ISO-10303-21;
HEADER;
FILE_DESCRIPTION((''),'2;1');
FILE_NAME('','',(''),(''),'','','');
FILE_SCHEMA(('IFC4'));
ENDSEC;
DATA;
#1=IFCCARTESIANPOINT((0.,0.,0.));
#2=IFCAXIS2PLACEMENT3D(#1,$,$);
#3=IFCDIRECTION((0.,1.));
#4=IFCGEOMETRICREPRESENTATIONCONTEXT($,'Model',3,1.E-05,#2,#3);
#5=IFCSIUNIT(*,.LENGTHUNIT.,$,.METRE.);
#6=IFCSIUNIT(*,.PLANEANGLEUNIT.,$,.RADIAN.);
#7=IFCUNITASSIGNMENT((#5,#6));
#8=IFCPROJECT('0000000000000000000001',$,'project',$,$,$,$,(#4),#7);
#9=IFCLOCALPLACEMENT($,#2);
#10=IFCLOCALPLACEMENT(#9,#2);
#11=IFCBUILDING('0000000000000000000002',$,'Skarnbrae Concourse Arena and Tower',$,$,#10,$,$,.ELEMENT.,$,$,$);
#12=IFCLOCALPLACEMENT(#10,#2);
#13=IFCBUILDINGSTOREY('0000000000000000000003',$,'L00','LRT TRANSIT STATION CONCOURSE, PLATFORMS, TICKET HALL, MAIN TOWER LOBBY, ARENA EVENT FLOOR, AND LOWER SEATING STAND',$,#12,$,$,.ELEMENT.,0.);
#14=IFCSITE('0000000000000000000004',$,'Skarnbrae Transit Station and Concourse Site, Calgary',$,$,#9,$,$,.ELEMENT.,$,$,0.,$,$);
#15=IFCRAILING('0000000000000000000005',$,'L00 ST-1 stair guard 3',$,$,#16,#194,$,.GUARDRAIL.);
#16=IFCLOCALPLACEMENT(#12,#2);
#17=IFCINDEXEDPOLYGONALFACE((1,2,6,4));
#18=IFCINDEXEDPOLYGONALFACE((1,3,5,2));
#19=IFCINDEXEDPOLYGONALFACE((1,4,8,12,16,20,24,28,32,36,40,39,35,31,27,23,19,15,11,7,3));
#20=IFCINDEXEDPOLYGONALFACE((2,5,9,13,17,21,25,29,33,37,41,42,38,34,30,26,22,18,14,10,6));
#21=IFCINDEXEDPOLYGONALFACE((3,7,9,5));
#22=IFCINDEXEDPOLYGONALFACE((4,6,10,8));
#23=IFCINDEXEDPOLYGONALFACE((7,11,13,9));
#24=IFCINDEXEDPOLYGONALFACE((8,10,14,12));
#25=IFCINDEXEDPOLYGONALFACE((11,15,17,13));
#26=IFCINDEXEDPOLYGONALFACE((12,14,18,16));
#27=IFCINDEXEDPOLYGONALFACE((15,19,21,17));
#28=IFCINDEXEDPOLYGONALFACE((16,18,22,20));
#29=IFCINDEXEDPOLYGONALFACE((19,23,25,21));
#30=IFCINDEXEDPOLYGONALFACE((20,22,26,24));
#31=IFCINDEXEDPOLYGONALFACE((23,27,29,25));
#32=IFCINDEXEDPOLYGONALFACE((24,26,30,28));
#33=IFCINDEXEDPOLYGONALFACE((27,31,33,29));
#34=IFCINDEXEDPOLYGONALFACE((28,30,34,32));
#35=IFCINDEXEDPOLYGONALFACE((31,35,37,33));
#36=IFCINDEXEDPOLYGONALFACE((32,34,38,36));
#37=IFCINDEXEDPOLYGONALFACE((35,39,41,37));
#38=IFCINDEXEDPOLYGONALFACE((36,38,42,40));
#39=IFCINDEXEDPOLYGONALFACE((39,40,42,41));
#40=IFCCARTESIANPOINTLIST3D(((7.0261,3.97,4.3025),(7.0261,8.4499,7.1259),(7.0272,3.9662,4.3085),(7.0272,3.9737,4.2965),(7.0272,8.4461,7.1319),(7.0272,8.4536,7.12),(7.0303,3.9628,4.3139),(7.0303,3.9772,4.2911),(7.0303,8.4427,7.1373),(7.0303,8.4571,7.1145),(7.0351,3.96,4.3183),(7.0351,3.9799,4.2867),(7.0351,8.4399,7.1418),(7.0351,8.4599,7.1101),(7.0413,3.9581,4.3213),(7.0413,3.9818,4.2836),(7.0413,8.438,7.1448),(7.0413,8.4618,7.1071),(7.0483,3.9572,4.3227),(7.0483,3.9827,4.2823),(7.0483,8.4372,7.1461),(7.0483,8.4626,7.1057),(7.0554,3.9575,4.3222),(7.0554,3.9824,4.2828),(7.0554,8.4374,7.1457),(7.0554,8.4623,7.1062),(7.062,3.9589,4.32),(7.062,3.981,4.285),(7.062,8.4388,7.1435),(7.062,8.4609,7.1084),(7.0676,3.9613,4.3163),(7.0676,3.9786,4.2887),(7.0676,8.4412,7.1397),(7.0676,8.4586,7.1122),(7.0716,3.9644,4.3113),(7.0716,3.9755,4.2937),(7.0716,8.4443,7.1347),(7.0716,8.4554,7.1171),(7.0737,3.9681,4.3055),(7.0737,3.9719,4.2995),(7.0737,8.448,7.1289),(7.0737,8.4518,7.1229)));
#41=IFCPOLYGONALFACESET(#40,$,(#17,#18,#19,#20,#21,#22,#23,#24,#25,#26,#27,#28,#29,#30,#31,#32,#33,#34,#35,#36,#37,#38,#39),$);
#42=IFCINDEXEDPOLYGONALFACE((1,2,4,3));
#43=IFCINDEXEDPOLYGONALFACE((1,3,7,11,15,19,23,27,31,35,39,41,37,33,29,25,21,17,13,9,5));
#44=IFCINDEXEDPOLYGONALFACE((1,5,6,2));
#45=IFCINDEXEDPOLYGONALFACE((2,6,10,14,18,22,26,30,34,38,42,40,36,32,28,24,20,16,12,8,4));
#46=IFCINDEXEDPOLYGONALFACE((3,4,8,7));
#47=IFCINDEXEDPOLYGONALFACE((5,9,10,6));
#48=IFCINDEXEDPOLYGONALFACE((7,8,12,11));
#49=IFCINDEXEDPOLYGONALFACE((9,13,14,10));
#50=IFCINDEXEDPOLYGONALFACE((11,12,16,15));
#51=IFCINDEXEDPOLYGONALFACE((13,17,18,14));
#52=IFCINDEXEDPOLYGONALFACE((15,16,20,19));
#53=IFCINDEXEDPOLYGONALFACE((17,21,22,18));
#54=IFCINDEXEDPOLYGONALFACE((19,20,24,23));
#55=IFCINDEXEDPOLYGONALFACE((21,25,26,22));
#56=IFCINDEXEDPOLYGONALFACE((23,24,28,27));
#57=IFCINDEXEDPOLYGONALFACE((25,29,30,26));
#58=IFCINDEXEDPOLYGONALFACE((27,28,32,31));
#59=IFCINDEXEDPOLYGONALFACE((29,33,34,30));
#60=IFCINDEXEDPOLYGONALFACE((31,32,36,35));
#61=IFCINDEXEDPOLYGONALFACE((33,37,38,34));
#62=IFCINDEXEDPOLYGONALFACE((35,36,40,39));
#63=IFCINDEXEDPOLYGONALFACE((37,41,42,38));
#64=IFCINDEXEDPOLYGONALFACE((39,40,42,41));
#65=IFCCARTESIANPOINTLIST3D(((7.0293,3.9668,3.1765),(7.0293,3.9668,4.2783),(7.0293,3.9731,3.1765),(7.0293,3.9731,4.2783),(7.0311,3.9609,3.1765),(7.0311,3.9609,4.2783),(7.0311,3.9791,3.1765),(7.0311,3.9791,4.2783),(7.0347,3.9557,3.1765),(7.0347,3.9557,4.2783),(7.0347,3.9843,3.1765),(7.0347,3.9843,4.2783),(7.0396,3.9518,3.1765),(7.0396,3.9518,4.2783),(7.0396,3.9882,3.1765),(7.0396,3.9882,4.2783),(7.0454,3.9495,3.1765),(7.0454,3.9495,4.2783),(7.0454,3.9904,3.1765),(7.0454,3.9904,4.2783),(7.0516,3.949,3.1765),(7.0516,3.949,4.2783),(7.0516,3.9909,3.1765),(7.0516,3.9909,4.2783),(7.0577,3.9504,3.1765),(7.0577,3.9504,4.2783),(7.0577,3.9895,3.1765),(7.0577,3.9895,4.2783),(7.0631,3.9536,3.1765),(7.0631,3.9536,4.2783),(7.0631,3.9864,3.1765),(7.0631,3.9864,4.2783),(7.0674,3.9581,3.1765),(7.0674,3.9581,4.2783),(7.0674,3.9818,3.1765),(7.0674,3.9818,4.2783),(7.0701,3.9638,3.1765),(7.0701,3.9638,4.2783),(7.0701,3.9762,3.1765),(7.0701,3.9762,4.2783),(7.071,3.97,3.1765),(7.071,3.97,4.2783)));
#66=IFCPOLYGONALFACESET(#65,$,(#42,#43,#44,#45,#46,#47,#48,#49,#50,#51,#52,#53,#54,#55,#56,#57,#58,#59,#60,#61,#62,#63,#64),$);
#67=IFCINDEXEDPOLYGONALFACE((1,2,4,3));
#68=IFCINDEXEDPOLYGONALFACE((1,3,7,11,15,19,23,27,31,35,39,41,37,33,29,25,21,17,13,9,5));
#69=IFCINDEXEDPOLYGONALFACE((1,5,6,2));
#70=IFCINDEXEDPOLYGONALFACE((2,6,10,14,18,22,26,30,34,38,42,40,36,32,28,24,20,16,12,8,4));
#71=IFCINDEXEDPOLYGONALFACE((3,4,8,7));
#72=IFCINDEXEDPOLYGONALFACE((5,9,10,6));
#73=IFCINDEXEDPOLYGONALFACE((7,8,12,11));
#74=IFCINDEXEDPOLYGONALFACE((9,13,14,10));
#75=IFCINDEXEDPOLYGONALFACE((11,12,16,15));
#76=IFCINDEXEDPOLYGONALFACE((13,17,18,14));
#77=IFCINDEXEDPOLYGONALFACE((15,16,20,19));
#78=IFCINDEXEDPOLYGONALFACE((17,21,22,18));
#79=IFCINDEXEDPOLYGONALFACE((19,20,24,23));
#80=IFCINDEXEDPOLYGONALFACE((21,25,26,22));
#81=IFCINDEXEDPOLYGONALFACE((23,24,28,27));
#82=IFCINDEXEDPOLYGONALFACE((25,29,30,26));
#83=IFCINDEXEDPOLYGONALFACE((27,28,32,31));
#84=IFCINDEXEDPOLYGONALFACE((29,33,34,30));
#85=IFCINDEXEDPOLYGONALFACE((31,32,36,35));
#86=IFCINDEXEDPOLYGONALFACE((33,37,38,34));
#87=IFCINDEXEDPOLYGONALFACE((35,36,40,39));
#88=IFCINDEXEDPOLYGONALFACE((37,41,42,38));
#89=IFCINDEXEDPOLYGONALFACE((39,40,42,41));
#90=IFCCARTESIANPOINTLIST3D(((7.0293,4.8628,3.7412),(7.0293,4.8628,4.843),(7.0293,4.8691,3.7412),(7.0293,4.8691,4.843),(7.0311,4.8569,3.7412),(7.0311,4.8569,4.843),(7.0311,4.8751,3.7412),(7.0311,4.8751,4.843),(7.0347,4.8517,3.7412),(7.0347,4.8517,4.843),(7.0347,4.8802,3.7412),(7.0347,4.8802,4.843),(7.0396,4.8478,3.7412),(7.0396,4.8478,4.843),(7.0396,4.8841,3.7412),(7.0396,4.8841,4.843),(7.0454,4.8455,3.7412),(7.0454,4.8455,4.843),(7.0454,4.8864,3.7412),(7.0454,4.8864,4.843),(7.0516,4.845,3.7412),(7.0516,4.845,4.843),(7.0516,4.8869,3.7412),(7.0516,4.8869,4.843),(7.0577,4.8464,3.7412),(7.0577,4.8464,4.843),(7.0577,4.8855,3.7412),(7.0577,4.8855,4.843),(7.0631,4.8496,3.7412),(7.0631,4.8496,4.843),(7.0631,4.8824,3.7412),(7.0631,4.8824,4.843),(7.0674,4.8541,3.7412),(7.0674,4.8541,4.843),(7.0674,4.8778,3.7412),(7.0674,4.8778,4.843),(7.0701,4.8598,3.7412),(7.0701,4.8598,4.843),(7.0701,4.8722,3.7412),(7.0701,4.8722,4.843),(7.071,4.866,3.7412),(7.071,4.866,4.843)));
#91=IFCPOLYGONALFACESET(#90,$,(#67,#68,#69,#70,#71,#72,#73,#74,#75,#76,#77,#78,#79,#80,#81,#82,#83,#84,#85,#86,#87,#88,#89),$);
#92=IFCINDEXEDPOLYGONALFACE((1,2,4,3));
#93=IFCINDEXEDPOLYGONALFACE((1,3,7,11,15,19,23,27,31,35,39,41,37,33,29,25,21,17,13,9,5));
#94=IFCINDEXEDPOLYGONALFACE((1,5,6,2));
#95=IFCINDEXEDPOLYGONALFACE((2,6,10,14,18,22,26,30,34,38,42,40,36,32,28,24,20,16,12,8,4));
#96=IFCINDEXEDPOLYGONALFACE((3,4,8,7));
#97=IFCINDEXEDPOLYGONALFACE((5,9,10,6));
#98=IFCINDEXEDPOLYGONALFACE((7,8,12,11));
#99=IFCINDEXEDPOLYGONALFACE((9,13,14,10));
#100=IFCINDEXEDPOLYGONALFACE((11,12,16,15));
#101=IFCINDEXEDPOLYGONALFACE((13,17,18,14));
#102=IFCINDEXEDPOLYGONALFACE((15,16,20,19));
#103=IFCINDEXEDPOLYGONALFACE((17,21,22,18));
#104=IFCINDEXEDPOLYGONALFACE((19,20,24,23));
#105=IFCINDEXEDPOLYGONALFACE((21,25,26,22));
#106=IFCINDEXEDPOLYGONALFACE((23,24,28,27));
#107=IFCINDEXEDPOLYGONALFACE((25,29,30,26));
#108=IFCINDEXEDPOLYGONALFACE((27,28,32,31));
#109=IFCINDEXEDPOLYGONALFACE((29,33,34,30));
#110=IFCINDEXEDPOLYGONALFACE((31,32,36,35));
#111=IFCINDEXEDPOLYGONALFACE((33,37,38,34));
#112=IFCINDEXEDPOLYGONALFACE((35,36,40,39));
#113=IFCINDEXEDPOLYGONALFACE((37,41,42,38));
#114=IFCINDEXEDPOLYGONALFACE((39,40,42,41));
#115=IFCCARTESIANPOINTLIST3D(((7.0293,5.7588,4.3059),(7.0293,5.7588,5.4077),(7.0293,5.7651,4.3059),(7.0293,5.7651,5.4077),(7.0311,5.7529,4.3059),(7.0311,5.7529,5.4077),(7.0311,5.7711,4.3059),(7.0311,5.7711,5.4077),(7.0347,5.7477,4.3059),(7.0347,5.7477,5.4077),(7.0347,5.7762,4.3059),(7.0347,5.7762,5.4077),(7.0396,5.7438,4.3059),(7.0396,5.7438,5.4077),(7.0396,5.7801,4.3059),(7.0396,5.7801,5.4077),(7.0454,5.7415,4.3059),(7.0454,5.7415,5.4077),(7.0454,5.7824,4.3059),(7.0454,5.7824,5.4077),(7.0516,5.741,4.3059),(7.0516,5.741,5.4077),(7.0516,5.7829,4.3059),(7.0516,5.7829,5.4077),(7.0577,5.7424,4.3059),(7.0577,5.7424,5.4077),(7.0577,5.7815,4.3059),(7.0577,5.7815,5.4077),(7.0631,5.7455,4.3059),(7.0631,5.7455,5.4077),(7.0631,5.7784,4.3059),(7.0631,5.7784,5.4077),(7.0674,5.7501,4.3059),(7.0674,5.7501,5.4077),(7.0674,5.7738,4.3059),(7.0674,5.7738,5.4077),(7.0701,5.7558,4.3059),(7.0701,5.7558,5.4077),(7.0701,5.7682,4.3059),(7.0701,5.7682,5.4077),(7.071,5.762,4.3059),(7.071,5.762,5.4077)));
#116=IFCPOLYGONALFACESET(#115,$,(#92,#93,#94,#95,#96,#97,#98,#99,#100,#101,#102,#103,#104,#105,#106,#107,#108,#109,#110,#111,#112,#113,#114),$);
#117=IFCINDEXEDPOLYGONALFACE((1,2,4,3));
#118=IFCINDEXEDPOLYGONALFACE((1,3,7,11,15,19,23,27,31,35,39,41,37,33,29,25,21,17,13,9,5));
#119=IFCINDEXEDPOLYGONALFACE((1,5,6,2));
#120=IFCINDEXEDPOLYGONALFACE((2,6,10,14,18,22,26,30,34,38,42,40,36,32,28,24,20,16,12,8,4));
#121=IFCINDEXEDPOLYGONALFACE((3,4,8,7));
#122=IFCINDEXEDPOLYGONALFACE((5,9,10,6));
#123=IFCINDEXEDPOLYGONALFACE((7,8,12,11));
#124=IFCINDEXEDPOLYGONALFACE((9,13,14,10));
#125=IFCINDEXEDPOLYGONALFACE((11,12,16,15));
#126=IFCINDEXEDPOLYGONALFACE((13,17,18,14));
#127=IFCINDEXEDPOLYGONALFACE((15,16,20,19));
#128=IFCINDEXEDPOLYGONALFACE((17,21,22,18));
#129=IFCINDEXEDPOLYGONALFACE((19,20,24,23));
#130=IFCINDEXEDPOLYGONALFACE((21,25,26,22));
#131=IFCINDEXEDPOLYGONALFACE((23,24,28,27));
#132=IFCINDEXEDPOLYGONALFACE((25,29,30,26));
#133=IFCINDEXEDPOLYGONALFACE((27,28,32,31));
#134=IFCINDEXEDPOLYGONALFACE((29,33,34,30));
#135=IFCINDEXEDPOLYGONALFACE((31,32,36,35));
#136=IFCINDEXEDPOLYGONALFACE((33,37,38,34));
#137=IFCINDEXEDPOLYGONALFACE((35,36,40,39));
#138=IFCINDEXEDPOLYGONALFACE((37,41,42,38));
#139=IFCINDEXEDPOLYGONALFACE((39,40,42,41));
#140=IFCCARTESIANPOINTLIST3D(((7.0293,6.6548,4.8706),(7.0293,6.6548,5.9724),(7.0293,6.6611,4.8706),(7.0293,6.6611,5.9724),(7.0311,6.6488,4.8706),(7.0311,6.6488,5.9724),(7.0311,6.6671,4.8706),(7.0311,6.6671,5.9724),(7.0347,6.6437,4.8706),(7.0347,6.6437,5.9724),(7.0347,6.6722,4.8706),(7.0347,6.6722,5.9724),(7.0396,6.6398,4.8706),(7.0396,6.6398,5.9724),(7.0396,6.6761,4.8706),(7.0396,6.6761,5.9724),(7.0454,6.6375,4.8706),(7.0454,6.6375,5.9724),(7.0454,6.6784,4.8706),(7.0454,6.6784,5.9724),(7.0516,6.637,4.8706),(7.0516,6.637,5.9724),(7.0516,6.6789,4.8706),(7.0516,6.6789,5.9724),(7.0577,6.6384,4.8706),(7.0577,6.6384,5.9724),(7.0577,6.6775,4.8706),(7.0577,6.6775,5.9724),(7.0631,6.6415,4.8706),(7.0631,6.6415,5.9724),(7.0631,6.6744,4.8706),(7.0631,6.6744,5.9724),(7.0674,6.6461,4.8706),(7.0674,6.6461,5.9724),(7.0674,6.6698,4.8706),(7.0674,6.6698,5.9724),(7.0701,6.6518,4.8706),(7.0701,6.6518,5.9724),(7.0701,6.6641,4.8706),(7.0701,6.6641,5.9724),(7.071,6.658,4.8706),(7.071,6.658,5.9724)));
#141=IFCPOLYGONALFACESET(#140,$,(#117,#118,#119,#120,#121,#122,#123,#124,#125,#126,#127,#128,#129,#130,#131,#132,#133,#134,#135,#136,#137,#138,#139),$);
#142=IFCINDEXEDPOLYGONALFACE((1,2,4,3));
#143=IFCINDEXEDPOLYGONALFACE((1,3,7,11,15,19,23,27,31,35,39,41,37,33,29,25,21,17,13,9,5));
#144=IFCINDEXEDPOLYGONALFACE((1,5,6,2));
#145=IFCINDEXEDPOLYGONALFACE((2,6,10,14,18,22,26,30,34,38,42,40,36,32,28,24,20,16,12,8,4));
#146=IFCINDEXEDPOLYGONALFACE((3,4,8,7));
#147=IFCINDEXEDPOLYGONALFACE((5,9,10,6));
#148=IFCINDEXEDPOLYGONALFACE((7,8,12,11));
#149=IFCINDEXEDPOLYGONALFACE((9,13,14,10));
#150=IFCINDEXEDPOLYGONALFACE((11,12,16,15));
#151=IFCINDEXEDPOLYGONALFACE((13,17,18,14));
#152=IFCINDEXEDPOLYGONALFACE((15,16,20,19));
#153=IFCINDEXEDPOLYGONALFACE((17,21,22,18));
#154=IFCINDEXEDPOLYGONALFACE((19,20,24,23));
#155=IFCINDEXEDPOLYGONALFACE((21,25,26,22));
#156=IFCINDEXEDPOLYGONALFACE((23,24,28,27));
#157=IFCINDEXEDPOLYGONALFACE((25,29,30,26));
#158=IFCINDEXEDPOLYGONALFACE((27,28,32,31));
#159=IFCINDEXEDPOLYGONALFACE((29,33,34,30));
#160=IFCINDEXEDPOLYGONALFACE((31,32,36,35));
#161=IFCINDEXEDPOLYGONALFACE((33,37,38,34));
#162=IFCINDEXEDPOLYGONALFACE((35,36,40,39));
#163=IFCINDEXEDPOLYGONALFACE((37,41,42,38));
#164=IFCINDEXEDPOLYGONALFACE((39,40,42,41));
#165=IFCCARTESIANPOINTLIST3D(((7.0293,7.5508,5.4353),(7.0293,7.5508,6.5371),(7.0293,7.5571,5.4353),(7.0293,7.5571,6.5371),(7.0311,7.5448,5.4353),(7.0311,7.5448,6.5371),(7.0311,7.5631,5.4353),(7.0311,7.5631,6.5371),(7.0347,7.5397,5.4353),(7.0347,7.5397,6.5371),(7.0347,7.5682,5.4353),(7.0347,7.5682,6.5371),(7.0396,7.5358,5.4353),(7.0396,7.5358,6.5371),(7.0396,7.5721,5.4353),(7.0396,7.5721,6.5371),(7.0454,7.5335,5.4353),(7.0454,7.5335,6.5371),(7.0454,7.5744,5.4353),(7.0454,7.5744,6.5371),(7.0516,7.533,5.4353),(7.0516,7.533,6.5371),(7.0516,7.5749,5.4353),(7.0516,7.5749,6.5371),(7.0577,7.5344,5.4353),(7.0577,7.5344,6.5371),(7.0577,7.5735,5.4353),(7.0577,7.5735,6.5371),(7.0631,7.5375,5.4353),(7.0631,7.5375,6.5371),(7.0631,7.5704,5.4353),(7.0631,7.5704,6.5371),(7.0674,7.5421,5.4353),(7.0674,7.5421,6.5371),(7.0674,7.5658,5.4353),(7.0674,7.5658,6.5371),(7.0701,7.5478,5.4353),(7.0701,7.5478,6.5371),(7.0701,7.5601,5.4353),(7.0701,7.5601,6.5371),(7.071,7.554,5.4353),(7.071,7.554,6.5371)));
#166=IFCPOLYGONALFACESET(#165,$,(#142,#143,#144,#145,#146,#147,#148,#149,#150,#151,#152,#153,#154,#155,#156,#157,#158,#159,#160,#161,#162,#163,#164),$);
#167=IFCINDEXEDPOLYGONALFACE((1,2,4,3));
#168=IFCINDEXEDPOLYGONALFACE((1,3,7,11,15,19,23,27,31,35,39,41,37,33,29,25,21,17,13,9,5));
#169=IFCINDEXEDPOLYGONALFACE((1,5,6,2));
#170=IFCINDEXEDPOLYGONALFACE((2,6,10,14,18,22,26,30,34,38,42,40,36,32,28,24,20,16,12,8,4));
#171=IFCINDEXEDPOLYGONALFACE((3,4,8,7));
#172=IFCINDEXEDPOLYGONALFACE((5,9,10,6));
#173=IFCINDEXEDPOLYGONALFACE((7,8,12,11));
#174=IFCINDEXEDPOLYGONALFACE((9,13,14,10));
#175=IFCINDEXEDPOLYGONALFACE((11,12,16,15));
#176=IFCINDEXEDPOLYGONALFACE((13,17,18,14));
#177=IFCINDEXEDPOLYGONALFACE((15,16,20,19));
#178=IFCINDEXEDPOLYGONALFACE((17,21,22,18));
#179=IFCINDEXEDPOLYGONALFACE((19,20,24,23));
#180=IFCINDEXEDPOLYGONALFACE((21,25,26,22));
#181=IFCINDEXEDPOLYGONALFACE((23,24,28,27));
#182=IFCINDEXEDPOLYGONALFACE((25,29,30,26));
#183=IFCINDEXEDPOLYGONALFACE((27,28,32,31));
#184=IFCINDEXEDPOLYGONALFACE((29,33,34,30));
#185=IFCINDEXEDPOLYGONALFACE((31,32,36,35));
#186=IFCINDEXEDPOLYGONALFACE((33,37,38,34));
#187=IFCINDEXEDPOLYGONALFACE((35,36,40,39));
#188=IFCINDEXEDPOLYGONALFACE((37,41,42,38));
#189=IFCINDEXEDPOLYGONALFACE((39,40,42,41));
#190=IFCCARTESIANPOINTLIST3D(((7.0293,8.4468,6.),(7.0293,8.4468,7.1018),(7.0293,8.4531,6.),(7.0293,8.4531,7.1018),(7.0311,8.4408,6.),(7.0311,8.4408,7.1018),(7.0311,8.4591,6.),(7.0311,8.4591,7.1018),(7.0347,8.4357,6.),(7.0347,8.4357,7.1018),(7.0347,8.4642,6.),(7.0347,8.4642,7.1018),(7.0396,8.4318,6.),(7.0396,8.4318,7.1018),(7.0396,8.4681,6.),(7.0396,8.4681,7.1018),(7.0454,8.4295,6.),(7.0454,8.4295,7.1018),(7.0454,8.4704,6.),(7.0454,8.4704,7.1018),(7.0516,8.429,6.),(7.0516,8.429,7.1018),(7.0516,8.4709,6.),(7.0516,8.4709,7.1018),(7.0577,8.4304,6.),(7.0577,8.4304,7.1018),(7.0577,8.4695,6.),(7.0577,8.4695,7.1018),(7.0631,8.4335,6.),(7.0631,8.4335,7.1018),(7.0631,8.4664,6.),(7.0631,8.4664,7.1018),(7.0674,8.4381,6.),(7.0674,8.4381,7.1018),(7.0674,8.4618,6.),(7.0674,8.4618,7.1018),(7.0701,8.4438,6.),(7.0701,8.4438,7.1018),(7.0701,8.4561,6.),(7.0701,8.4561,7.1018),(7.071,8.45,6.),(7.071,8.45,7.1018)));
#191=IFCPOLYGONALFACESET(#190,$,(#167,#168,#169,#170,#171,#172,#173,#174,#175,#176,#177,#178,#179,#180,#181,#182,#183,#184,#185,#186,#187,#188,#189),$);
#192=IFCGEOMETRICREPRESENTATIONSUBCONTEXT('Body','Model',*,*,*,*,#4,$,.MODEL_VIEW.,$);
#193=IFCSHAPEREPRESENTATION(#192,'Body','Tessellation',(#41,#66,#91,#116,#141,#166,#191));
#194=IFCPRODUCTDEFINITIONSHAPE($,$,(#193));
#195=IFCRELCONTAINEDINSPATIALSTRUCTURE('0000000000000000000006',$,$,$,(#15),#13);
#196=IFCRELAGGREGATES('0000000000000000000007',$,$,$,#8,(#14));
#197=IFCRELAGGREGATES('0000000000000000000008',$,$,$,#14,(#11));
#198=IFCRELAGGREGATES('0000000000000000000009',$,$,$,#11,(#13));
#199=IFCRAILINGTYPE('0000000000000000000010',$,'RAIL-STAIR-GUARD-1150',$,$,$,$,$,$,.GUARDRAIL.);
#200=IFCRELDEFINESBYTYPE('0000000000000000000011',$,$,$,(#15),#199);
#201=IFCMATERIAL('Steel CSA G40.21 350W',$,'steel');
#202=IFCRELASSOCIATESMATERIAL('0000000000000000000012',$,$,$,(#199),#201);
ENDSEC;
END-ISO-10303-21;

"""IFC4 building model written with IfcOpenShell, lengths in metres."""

from ifc_helpers import new_model, si_unit, direction, frame, origin, origin_2d, place, context, subcontext, project, spatial, circle, extrude, material, type_object, element, save


model = new_model("IFC4")

# Units and contexts
model_context = context("Model", 3, precision=1e-05, world=origin(), true_north=direction((0.0, 1.0)))
body_context = subcontext(model_context, "Body", "Model", "MODEL_VIEW")
ifc_project = project(units=[si_unit("LENGTHUNIT", "METRE"), si_unit("PLANEANGLEUNIT", "RADIAN")], contexts=[model_context])

# Site, building, storey
site_placement = place(None, origin())
site = spatial("IfcSite", under=ifc_project, at=site_placement, Name="Skarnbrae Transit Station and Concourse Site, Calgary", CompositionType="ELEMENT", RefElevation=0.0)
building_placement = place(site_placement, origin())
building = spatial("IfcBuilding", under=site, at=building_placement, Name="Skarnbrae Concourse Arena and Tower", CompositionType="ELEMENT")
storey_placement = place(building_placement, origin())
storey = spatial("IfcBuildingStorey", under=building, at=storey_placement, Name="L00", Description="LRT TRANSIT STATION CONCOURSE, PLATFORMS, TICKET HALL, MAIN TOWER LOBBY, ARENA EVENT FLOOR, AND LOWER SEATING STAND", CompositionType="ELEMENT", Elevation=0.0)

# Shared definitions
ifc_material_1 = material(Name="Steel CSA G40.21 350W", Category="steel")

# Railing
railing_type_1 = type_object("IfcRailingType", Name="RAIL-STAIR-GUARD-1150", PredefinedType="GUARDRAIL", material=ifc_material_1)
railing_1_placement = place(storey_placement, frame((7.05, 3.97, 3.1765)))
element("IfcRailing", 1, at=railing_1_placement, inside=storey, type_object=railing_type_1, Name="L00 ST-1 stair guard 3", PredefinedType="GUARDRAIL", context=body_context, shape_type="SweptSolid", body=[
    extrude(circle(Radius=0.0239, at=origin_2d()), frame((0.0, 0.0, 1.126), z_axis=(0.0, 0.845998, 0.533186), x_axis=(-1.0, 0.0, 0.0)), (0.0, 0.0, 1.0), 5.2954),
    extrude(circle(Radius=0.021, at=origin_2d()), origin(), (0.0, 0.0, 1.0), 1.1018),
    extrude(circle(Radius=0.021, at=origin_2d()), frame((0.0, 0.896, 0.5647)), (0.0, 0.0, 1.0), 1.1018),
    extrude(circle(Radius=0.021, at=origin_2d()), frame((0.0, 1.792, 1.1294)), (0.0, 0.0, 1.0), 1.1018),
    extrude(circle(Radius=0.021, at=origin_2d()), frame((0.0, 2.688, 1.6941)), (0.0, 0.0, 1.0), 1.1018),
    extrude(circle(Radius=0.021, at=origin_2d()), frame((0.0, 3.584, 2.2588)), (0.0, 0.0, 1.0), 1.1018),
    extrude(circle(Radius=0.021, at=origin_2d()), frame((0.0, 4.48, 2.8235)), (0.0, 0.0, 1.0), 1.1018),
])

save(model, "model.ifc")
